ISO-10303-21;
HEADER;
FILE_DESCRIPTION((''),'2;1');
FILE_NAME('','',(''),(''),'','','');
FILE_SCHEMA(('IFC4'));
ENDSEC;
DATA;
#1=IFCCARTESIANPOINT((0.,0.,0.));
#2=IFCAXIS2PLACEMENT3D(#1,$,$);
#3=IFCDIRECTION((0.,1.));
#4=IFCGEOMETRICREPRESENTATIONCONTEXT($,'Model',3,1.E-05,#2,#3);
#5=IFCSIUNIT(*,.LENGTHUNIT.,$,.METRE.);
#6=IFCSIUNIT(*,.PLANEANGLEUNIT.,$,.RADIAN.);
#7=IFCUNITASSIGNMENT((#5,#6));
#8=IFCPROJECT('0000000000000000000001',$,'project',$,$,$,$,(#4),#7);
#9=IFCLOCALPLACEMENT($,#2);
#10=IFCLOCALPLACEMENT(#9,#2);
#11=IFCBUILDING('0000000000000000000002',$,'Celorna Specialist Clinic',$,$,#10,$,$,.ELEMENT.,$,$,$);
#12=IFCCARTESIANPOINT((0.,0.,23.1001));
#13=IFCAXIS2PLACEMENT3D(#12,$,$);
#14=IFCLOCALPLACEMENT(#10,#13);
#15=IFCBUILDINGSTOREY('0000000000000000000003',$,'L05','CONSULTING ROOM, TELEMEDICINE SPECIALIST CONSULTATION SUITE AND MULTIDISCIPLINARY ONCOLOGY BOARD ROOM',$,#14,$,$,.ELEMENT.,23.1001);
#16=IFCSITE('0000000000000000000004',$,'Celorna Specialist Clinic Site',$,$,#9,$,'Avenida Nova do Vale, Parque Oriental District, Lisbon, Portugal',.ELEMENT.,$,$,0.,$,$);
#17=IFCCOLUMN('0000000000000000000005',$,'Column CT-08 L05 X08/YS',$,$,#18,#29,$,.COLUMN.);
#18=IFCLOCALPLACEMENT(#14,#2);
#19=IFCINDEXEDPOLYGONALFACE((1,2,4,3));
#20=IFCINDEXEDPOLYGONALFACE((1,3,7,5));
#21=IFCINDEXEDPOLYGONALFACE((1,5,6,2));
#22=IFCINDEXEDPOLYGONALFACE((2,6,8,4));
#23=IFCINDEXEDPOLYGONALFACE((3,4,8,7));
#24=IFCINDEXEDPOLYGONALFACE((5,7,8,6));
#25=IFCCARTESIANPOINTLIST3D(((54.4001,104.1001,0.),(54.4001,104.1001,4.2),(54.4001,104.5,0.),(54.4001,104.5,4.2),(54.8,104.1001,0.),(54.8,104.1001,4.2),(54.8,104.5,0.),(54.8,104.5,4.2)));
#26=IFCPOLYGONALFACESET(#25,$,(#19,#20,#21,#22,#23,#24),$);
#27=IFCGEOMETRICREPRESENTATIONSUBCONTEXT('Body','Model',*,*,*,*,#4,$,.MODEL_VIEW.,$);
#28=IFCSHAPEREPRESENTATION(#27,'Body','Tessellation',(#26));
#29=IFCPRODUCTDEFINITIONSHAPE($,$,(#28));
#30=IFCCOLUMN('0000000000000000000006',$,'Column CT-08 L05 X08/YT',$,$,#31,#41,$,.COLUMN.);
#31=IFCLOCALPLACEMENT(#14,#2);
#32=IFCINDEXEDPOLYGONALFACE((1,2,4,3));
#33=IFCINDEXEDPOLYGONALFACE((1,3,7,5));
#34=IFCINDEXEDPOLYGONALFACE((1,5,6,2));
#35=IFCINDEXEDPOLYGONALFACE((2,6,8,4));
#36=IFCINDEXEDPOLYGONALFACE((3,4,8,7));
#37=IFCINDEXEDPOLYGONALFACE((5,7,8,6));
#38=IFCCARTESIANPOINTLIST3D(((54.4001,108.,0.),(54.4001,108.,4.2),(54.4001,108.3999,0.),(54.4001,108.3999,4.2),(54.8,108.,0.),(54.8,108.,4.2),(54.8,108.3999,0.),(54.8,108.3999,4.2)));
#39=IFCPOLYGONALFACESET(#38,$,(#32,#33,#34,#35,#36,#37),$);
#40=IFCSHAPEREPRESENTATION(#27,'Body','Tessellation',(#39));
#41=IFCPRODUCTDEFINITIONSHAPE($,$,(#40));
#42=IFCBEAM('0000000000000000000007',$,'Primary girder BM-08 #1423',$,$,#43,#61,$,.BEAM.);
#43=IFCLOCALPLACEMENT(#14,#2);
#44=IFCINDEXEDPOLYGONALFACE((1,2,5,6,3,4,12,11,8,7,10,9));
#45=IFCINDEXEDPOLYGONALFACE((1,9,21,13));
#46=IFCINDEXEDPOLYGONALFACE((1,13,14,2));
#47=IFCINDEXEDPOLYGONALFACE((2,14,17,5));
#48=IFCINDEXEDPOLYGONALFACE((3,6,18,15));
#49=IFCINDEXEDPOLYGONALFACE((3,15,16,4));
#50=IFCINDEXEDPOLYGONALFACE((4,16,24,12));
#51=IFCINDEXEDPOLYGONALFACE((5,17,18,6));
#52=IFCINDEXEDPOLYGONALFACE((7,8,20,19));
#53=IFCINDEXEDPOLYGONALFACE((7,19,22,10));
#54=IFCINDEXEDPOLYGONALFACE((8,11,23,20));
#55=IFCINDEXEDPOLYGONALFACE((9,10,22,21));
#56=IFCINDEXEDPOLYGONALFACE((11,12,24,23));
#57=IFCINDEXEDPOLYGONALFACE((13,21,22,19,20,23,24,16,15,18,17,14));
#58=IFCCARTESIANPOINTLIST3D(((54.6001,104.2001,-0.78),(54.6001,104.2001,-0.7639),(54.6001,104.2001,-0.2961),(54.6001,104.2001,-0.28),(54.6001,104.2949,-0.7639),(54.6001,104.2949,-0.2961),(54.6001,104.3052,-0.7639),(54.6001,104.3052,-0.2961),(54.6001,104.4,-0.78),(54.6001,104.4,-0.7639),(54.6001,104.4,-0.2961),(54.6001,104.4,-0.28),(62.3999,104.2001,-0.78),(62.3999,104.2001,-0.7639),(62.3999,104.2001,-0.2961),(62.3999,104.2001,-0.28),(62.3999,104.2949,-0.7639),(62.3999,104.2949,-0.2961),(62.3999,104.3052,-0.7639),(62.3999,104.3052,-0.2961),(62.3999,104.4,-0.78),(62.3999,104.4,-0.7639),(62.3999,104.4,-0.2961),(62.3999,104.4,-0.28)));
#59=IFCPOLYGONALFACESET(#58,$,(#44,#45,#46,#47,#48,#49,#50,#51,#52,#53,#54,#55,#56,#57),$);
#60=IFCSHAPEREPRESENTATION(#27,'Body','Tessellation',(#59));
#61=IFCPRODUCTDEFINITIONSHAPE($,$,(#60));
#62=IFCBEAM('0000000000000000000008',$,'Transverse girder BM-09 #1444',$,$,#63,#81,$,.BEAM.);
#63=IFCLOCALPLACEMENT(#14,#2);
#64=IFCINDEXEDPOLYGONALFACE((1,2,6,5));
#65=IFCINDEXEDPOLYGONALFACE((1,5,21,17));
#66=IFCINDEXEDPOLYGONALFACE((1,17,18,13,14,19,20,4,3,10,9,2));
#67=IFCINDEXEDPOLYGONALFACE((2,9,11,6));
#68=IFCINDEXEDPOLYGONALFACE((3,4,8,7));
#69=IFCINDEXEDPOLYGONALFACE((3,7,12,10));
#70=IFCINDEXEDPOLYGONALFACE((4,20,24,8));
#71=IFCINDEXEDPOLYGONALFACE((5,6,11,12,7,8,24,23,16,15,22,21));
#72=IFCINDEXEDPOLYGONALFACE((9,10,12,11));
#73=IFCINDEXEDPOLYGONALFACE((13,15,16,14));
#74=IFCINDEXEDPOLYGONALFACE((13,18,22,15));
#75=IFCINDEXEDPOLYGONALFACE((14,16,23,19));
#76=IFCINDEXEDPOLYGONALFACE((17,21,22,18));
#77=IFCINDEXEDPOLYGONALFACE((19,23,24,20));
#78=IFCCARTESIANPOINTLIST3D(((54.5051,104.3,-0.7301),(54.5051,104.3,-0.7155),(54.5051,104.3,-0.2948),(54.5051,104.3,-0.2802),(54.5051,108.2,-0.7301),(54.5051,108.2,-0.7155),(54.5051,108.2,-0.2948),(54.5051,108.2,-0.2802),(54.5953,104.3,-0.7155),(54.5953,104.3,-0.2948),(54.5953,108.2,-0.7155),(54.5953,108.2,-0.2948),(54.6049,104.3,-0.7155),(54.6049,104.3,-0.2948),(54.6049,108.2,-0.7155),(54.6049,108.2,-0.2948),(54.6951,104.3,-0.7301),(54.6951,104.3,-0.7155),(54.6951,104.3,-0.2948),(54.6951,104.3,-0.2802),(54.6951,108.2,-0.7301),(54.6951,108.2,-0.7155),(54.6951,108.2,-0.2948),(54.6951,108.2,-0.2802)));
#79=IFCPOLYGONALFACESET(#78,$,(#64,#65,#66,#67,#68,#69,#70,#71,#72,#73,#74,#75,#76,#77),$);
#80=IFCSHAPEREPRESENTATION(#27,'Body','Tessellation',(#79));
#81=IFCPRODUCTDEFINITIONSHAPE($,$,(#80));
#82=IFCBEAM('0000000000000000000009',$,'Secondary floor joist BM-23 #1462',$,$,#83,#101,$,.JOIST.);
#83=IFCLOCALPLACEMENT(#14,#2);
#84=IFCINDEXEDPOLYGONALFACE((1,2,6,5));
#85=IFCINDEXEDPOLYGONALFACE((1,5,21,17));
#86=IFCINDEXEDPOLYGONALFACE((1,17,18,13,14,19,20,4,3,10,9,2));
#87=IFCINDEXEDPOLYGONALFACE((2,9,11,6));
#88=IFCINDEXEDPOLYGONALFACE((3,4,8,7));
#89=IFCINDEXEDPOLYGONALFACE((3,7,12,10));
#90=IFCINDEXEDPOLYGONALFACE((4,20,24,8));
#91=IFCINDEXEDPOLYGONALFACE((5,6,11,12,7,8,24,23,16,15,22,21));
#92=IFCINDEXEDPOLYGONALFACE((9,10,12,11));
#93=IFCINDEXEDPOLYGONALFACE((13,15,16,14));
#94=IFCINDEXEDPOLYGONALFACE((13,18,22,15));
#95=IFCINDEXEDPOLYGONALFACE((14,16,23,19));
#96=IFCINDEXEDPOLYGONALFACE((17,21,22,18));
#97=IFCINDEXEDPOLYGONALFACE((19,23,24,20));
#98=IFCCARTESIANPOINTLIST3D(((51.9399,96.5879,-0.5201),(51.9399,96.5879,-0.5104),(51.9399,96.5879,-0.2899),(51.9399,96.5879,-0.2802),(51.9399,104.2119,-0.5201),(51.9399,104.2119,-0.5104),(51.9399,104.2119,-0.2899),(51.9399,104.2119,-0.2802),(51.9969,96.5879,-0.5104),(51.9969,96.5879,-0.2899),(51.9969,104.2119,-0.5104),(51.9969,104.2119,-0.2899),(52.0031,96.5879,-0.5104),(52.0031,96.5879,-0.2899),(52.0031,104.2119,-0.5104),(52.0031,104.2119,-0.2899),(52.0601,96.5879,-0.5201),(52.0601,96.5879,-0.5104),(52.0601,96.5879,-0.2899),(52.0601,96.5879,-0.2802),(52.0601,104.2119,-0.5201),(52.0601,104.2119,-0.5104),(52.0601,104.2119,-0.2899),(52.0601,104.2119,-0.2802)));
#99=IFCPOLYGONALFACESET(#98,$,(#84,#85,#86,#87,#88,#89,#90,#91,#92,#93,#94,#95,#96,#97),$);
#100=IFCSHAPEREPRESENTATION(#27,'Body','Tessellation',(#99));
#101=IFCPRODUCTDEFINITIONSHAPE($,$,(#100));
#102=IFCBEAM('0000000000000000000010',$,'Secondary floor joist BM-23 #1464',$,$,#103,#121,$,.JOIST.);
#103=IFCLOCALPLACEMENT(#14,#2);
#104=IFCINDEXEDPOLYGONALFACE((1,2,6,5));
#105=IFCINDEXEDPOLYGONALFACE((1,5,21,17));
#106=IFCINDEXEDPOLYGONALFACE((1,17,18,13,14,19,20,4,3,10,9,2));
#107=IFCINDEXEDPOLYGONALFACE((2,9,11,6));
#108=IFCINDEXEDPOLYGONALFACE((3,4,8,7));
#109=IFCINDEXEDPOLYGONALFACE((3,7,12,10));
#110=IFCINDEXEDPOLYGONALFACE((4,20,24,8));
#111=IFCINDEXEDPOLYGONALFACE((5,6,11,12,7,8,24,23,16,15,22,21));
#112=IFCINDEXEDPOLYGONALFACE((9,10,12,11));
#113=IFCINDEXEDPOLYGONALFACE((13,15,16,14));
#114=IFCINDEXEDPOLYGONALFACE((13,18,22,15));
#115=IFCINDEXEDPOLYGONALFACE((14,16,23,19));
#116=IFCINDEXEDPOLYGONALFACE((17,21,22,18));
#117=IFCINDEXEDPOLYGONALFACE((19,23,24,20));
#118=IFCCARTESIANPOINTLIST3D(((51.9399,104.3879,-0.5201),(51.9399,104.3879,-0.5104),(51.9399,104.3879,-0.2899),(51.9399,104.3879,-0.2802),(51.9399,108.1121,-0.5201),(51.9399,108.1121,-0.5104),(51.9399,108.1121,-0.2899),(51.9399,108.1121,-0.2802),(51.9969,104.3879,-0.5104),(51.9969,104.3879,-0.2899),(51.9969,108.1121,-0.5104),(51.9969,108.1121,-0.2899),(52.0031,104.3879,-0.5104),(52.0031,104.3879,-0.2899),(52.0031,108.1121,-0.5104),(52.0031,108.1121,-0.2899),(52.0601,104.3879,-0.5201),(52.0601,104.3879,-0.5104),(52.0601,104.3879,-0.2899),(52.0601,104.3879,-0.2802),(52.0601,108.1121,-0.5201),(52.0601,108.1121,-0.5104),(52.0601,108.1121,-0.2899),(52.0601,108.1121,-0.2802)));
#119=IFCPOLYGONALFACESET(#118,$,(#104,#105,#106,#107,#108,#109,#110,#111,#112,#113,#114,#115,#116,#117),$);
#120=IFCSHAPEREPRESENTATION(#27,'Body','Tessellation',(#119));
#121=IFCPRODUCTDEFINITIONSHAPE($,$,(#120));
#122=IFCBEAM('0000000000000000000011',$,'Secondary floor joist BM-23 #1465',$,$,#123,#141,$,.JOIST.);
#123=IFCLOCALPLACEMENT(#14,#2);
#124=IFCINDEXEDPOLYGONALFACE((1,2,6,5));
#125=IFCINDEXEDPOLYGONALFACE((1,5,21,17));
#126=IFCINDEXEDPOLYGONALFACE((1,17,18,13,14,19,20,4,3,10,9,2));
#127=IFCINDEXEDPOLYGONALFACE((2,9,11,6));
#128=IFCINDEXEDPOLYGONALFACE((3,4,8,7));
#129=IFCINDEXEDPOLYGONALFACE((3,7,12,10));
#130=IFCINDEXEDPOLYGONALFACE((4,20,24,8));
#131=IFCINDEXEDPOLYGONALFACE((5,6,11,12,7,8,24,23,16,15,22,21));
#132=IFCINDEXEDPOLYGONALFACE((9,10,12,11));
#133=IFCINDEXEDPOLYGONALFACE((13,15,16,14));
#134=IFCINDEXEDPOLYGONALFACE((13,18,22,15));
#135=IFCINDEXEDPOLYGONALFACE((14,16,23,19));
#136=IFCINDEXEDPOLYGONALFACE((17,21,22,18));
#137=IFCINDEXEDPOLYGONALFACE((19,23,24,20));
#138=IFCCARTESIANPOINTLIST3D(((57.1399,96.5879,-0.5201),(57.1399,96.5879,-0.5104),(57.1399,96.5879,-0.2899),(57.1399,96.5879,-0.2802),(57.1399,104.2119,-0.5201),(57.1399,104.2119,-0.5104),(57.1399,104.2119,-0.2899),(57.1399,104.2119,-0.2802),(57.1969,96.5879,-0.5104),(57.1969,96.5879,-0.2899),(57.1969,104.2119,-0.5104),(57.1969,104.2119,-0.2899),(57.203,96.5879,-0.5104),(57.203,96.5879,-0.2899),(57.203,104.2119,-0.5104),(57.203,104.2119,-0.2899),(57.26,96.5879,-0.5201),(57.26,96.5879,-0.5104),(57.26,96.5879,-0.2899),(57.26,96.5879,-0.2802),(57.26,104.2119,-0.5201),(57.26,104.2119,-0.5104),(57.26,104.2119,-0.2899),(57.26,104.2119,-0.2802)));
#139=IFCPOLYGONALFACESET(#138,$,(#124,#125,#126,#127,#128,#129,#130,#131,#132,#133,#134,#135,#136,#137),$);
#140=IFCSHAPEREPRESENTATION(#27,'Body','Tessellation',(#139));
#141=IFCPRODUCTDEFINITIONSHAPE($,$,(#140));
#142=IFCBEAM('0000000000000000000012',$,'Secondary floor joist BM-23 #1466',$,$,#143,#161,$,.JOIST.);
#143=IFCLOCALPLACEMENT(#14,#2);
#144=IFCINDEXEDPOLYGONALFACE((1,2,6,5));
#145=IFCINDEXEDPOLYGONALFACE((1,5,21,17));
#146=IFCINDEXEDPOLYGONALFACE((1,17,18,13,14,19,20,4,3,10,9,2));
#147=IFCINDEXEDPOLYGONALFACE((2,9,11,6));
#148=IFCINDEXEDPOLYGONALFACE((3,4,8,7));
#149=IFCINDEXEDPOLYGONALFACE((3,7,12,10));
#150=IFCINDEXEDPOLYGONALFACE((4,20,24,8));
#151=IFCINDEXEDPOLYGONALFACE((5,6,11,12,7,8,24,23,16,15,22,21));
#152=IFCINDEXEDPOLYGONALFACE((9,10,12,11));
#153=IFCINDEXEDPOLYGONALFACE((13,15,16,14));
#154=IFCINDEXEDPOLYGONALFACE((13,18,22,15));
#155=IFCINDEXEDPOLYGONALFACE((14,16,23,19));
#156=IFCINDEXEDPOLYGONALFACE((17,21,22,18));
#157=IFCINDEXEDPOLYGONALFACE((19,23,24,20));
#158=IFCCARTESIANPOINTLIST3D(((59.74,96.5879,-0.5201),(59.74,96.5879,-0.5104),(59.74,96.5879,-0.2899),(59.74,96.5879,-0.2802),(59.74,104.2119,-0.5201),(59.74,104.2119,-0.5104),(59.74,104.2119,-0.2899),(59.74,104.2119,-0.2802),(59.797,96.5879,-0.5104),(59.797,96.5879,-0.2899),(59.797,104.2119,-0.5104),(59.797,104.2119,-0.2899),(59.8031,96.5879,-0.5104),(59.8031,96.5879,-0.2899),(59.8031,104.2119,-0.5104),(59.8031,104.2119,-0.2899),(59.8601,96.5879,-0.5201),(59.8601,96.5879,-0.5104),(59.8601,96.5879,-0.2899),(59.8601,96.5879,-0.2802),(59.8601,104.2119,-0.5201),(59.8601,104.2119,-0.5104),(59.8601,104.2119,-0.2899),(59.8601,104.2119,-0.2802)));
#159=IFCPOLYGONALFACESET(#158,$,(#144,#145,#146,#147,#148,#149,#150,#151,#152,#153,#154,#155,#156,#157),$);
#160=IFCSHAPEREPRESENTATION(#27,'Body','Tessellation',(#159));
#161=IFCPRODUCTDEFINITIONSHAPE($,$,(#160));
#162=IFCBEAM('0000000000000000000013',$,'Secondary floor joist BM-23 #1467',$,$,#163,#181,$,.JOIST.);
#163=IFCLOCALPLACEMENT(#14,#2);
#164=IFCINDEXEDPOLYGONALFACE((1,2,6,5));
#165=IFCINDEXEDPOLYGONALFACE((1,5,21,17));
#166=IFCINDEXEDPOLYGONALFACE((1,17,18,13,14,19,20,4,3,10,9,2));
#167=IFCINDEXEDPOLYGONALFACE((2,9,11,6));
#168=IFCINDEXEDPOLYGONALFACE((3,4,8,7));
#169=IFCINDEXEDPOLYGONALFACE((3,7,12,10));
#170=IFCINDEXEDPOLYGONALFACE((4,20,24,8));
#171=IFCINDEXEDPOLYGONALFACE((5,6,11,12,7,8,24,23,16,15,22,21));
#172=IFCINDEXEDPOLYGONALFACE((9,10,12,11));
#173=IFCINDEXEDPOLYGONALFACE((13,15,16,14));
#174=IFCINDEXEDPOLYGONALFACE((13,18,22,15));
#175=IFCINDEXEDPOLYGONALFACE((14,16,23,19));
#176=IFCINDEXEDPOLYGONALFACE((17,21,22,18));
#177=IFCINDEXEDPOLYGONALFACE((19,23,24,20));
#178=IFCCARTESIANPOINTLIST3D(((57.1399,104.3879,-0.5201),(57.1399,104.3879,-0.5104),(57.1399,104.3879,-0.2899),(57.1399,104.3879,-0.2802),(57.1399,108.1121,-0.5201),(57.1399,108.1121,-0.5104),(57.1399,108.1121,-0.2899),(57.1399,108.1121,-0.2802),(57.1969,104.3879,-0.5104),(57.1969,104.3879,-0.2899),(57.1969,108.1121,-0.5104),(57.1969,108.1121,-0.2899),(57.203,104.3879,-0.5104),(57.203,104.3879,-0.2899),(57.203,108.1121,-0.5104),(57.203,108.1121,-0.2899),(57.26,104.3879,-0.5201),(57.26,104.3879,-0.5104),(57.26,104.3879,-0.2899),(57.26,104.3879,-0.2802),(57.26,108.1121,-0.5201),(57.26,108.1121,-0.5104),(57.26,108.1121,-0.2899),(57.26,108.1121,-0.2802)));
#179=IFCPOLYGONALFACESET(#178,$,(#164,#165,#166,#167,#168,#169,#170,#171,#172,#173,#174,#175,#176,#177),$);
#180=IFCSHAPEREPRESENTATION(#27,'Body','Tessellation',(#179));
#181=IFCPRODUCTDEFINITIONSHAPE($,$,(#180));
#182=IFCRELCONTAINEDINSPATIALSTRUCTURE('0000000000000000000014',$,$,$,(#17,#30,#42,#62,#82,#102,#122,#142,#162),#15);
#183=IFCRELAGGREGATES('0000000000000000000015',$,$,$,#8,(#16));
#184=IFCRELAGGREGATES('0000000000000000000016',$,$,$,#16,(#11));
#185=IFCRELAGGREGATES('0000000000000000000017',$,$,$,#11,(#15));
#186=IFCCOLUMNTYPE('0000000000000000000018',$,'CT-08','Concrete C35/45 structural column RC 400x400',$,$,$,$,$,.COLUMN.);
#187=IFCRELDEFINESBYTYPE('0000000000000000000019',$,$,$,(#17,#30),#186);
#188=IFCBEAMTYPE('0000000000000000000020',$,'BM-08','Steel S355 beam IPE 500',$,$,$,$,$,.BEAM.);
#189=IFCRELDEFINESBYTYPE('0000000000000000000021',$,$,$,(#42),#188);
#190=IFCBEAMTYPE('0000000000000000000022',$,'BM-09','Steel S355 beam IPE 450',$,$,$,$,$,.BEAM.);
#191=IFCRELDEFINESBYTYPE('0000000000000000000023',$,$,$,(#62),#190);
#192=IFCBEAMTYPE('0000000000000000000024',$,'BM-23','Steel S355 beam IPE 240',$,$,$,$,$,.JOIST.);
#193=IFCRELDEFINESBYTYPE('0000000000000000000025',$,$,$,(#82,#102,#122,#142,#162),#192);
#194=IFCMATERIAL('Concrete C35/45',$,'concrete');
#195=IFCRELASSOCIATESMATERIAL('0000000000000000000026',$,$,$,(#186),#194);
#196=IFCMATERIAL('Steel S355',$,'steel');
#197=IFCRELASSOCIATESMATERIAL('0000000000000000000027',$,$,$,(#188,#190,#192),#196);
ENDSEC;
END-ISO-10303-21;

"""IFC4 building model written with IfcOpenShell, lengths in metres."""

from ifc_helpers import new_model, si_unit, direction, frame, origin, origin_2d, place, context, subcontext, project, spatial, rectangle, i_section, extrude, material, material_profile, profile_set, type_object, element, save


model = new_model("IFC4")

# Units and contexts
model_context = context("Model", 3, precision=1e-05, world=origin(), true_north=direction((0.0, 1.0)))
body_context = subcontext(model_context, "Body", "Model", "MODEL_VIEW")
ifc_project = project(units=[si_unit("LENGTHUNIT", "METRE"), si_unit("PLANEANGLEUNIT", "RADIAN")], contexts=[model_context])

# Site, building, storey
site_placement = place(None, origin())
site = spatial("IfcSite", under=ifc_project, at=site_placement, Name="Celorna Specialist Clinic Site", LongName="Avenida Nova do Vale, Parque Oriental District, Lisbon, Portugal", CompositionType="ELEMENT", RefElevation=0.0)
building_placement = place(site_placement, origin())
building = spatial("IfcBuilding", under=site, at=building_placement, Name="Celorna Specialist Clinic", CompositionType="ELEMENT")
storey_placement = place(building_placement, frame((0.0, 0.0, 23.1001)))
storey = spatial("IfcBuildingStorey", under=building, at=storey_placement, Name="L05", Description="CONSULTING ROOM, TELEMEDICINE SPECIALIST CONSULTATION SUITE AND MULTIDISCIPLINARY ONCOLOGY BOARD ROOM", CompositionType="ELEMENT", Elevation=23.1001)

# Columns
ifc_material_1 = material(Name="Concrete C35/45", Category="concrete")
ifc_material_profile_1 = material_profile(ifc_material_1, rectangle(XDim=0.3999, YDim=0.3999, at=origin_2d()), Name="RC 400x400")
ifc_profile_set_1 = profile_set([ifc_material_profile_1], Name="Concrete C35/45")
column_type = type_object("IfcColumnType", Name="CT-08", Description="Concrete C35/45 structural column RC 400x400", PredefinedType="COLUMN", material=ifc_profile_set_1)
for number, where, z_axis, x_axis, name in (
    (1, (54.6001, 104.3, 0.0), (0.0, 0.0, 1.0), (1.0, 0.0, 0.0), "Column CT-08 L05 X08/YS"),
    (2, (54.6001, 108.2, 0.0), (0.0, 0.0, 1.0), (1.0, 0.0, 0.0), "Column CT-08 L05 X08/YT"),
):
    element("IfcColumn", number, at=place(storey_placement, frame(where, z_axis=z_axis, x_axis=x_axis)), inside=storey, type_object=column_type, Name=name, PredefinedType="COLUMN", context=body_context, shape_type="SweptSolid", body=[
        extrude(rectangle(XDim=0.3999, YDim=0.3999, at=origin_2d()), origin(), (0.0, 0.0, 1.0), 4.2),
    ])

# Beams
ifc_material_2 = material(Name="Steel S355", Category="steel")
ifc_material_profile_2 = material_profile(ifc_material_2, i_section(OverallWidth=0.2, OverallDepth=0.5, WebThickness=0.0103, FlangeThickness=0.0161, at=origin_2d()), Name="IPE 500")
ifc_profile_set_2 = profile_set([ifc_material_profile_2], Name="Steel S355")
beam_type_1 = type_object("IfcBeamType", Name="BM-08", Description="Steel S355 beam IPE 500", PredefinedType="BEAM", material=ifc_profile_set_2)
beam_1_placement = place(storey_placement, frame((54.6001, 104.3, -0.53), z_axis=(1.0, 0.0, 0.0), x_axis=(0.0, 1.0, 0.0)))
element("IfcBeam", 3, at=beam_1_placement, inside=storey, type_object=beam_type_1, Name="Primary girder BM-08 #1423", PredefinedType="BEAM", context=body_context, shape_type="SweptSolid", body=[
    extrude(i_section(OverallWidth=0.2, OverallDepth=0.5, WebThickness=0.0103, FlangeThickness=0.0161, at=origin_2d()), origin(), (0.0, 0.0, 1.0), 7.7998),
])
ifc_material_profile_3 = material_profile(ifc_material_2, i_section(OverallWidth=0.1899, OverallDepth=0.45, WebThickness=0.0095, FlangeThickness=0.0146, at=origin_2d()), Name="IPE 450")
ifc_profile_set_3 = profile_set([ifc_material_profile_3], Name="Steel S355")
beam_type_2 = type_object("IfcBeamType", Name="BM-09", Description="Steel S355 beam IPE 450", PredefinedType="BEAM", material=ifc_profile_set_3)
beam_2_placement = place(storey_placement, frame((54.6001, 104.3, -0.5051), z_axis=(0.0, 1.0, 0.0), x_axis=(-1.0, 0.0, 0.0)))
element("IfcBeam", 4, at=beam_2_placement, inside=storey, type_object=beam_type_2, Name="Transverse girder BM-09 #1444", PredefinedType="BEAM", context=body_context, shape_type="SweptSolid", body=[
    extrude(i_section(OverallWidth=0.1899, OverallDepth=0.45, WebThickness=0.0095, FlangeThickness=0.0146, at=origin_2d()), origin(), (0.0, 0.0, 1.0), 3.8999),
])
ifc_material_profile_4 = material_profile(ifc_material_2, i_section(OverallWidth=0.1201, OverallDepth=0.24, WebThickness=0.0061, FlangeThickness=0.0098, at=origin_2d()), Name="IPE 240")
ifc_profile_set_4 = profile_set([ifc_material_profile_4], Name="Steel S355")
beam_type_3 = type_object("IfcBeamType", Name="BM-23", Description="Steel S355 beam IPE 240", PredefinedType="JOIST", material=ifc_profile_set_4)
beam_3_placement = place(storey_placement, frame((52.0, 96.5879, -0.4001), z_axis=(0.0, 1.0, 0.0), x_axis=(-1.0, 0.0, 0.0)))
element("IfcBeam", 5, at=beam_3_placement, inside=storey, type_object=beam_type_3, Name="Secondary floor joist BM-23 #1462", PredefinedType="JOIST", context=body_context, shape_type="SweptSolid", body=[
    extrude(i_section(OverallWidth=0.1201, OverallDepth=0.24, WebThickness=0.0061, FlangeThickness=0.0098, at=origin_2d()), origin(), (0.0, 0.0, 1.0), 7.624),
])
beam_4_placement = place(storey_placement, frame((52.0, 104.3879, -0.4001), z_axis=(0.0, 1.0, 0.0), x_axis=(-1.0, 0.0, 0.0)))
element("IfcBeam", 6, at=beam_4_placement, inside=storey, type_object=beam_type_3, Name="Secondary floor joist BM-23 #1464", PredefinedType="JOIST", context=body_context, shape_type="SweptSolid", body=[
    extrude(i_section(OverallWidth=0.1201, OverallDepth=0.24, WebThickness=0.0061, FlangeThickness=0.0098, at=origin_2d()), origin(), (0.0, 0.0, 1.0), 3.7241),
])
for number, where, z_axis, x_axis, name in (
    (7, (57.2, 96.5879, -0.4001), (0.0, 1.0, 0.0), (-1.0, 0.0, 0.0), "Secondary floor joist BM-23 #1465"),
    (8, (59.8, 96.5879, -0.4001), (0.0, 1.0, 0.0), (-1.0, 0.0, 0.0), "Secondary floor joist BM-23 #1466"),
):
    element("IfcBeam", number, at=place(storey_placement, frame(where, z_axis=z_axis, x_axis=x_axis)), inside=storey, type_object=beam_type_3, Name=name, PredefinedType="JOIST", context=body_context, shape_type="SweptSolid", body=[
        extrude(i_section(OverallWidth=0.1201, OverallDepth=0.24, WebThickness=0.0061, FlangeThickness=0.0098, at=origin_2d()), origin(), (0.0, 0.0, 1.0), 7.624),
    ])
beam_5_placement = place(storey_placement, frame((57.2, 104.3879, -0.4001), z_axis=(0.0, 1.0, 0.0), x_axis=(-1.0, 0.0, 0.0)))
element("IfcBeam", 9, at=beam_5_placement, inside=storey, type_object=beam_type_3, Name="Secondary floor joist BM-23 #1467", PredefinedType="JOIST", context=body_context, shape_type="SweptSolid", body=[
    extrude(i_section(OverallWidth=0.1201, OverallDepth=0.24, WebThickness=0.0061, FlangeThickness=0.0098, at=origin_2d()), origin(), (0.0, 0.0, 1.0), 3.7241),
])

save(model, "model.ifc")
